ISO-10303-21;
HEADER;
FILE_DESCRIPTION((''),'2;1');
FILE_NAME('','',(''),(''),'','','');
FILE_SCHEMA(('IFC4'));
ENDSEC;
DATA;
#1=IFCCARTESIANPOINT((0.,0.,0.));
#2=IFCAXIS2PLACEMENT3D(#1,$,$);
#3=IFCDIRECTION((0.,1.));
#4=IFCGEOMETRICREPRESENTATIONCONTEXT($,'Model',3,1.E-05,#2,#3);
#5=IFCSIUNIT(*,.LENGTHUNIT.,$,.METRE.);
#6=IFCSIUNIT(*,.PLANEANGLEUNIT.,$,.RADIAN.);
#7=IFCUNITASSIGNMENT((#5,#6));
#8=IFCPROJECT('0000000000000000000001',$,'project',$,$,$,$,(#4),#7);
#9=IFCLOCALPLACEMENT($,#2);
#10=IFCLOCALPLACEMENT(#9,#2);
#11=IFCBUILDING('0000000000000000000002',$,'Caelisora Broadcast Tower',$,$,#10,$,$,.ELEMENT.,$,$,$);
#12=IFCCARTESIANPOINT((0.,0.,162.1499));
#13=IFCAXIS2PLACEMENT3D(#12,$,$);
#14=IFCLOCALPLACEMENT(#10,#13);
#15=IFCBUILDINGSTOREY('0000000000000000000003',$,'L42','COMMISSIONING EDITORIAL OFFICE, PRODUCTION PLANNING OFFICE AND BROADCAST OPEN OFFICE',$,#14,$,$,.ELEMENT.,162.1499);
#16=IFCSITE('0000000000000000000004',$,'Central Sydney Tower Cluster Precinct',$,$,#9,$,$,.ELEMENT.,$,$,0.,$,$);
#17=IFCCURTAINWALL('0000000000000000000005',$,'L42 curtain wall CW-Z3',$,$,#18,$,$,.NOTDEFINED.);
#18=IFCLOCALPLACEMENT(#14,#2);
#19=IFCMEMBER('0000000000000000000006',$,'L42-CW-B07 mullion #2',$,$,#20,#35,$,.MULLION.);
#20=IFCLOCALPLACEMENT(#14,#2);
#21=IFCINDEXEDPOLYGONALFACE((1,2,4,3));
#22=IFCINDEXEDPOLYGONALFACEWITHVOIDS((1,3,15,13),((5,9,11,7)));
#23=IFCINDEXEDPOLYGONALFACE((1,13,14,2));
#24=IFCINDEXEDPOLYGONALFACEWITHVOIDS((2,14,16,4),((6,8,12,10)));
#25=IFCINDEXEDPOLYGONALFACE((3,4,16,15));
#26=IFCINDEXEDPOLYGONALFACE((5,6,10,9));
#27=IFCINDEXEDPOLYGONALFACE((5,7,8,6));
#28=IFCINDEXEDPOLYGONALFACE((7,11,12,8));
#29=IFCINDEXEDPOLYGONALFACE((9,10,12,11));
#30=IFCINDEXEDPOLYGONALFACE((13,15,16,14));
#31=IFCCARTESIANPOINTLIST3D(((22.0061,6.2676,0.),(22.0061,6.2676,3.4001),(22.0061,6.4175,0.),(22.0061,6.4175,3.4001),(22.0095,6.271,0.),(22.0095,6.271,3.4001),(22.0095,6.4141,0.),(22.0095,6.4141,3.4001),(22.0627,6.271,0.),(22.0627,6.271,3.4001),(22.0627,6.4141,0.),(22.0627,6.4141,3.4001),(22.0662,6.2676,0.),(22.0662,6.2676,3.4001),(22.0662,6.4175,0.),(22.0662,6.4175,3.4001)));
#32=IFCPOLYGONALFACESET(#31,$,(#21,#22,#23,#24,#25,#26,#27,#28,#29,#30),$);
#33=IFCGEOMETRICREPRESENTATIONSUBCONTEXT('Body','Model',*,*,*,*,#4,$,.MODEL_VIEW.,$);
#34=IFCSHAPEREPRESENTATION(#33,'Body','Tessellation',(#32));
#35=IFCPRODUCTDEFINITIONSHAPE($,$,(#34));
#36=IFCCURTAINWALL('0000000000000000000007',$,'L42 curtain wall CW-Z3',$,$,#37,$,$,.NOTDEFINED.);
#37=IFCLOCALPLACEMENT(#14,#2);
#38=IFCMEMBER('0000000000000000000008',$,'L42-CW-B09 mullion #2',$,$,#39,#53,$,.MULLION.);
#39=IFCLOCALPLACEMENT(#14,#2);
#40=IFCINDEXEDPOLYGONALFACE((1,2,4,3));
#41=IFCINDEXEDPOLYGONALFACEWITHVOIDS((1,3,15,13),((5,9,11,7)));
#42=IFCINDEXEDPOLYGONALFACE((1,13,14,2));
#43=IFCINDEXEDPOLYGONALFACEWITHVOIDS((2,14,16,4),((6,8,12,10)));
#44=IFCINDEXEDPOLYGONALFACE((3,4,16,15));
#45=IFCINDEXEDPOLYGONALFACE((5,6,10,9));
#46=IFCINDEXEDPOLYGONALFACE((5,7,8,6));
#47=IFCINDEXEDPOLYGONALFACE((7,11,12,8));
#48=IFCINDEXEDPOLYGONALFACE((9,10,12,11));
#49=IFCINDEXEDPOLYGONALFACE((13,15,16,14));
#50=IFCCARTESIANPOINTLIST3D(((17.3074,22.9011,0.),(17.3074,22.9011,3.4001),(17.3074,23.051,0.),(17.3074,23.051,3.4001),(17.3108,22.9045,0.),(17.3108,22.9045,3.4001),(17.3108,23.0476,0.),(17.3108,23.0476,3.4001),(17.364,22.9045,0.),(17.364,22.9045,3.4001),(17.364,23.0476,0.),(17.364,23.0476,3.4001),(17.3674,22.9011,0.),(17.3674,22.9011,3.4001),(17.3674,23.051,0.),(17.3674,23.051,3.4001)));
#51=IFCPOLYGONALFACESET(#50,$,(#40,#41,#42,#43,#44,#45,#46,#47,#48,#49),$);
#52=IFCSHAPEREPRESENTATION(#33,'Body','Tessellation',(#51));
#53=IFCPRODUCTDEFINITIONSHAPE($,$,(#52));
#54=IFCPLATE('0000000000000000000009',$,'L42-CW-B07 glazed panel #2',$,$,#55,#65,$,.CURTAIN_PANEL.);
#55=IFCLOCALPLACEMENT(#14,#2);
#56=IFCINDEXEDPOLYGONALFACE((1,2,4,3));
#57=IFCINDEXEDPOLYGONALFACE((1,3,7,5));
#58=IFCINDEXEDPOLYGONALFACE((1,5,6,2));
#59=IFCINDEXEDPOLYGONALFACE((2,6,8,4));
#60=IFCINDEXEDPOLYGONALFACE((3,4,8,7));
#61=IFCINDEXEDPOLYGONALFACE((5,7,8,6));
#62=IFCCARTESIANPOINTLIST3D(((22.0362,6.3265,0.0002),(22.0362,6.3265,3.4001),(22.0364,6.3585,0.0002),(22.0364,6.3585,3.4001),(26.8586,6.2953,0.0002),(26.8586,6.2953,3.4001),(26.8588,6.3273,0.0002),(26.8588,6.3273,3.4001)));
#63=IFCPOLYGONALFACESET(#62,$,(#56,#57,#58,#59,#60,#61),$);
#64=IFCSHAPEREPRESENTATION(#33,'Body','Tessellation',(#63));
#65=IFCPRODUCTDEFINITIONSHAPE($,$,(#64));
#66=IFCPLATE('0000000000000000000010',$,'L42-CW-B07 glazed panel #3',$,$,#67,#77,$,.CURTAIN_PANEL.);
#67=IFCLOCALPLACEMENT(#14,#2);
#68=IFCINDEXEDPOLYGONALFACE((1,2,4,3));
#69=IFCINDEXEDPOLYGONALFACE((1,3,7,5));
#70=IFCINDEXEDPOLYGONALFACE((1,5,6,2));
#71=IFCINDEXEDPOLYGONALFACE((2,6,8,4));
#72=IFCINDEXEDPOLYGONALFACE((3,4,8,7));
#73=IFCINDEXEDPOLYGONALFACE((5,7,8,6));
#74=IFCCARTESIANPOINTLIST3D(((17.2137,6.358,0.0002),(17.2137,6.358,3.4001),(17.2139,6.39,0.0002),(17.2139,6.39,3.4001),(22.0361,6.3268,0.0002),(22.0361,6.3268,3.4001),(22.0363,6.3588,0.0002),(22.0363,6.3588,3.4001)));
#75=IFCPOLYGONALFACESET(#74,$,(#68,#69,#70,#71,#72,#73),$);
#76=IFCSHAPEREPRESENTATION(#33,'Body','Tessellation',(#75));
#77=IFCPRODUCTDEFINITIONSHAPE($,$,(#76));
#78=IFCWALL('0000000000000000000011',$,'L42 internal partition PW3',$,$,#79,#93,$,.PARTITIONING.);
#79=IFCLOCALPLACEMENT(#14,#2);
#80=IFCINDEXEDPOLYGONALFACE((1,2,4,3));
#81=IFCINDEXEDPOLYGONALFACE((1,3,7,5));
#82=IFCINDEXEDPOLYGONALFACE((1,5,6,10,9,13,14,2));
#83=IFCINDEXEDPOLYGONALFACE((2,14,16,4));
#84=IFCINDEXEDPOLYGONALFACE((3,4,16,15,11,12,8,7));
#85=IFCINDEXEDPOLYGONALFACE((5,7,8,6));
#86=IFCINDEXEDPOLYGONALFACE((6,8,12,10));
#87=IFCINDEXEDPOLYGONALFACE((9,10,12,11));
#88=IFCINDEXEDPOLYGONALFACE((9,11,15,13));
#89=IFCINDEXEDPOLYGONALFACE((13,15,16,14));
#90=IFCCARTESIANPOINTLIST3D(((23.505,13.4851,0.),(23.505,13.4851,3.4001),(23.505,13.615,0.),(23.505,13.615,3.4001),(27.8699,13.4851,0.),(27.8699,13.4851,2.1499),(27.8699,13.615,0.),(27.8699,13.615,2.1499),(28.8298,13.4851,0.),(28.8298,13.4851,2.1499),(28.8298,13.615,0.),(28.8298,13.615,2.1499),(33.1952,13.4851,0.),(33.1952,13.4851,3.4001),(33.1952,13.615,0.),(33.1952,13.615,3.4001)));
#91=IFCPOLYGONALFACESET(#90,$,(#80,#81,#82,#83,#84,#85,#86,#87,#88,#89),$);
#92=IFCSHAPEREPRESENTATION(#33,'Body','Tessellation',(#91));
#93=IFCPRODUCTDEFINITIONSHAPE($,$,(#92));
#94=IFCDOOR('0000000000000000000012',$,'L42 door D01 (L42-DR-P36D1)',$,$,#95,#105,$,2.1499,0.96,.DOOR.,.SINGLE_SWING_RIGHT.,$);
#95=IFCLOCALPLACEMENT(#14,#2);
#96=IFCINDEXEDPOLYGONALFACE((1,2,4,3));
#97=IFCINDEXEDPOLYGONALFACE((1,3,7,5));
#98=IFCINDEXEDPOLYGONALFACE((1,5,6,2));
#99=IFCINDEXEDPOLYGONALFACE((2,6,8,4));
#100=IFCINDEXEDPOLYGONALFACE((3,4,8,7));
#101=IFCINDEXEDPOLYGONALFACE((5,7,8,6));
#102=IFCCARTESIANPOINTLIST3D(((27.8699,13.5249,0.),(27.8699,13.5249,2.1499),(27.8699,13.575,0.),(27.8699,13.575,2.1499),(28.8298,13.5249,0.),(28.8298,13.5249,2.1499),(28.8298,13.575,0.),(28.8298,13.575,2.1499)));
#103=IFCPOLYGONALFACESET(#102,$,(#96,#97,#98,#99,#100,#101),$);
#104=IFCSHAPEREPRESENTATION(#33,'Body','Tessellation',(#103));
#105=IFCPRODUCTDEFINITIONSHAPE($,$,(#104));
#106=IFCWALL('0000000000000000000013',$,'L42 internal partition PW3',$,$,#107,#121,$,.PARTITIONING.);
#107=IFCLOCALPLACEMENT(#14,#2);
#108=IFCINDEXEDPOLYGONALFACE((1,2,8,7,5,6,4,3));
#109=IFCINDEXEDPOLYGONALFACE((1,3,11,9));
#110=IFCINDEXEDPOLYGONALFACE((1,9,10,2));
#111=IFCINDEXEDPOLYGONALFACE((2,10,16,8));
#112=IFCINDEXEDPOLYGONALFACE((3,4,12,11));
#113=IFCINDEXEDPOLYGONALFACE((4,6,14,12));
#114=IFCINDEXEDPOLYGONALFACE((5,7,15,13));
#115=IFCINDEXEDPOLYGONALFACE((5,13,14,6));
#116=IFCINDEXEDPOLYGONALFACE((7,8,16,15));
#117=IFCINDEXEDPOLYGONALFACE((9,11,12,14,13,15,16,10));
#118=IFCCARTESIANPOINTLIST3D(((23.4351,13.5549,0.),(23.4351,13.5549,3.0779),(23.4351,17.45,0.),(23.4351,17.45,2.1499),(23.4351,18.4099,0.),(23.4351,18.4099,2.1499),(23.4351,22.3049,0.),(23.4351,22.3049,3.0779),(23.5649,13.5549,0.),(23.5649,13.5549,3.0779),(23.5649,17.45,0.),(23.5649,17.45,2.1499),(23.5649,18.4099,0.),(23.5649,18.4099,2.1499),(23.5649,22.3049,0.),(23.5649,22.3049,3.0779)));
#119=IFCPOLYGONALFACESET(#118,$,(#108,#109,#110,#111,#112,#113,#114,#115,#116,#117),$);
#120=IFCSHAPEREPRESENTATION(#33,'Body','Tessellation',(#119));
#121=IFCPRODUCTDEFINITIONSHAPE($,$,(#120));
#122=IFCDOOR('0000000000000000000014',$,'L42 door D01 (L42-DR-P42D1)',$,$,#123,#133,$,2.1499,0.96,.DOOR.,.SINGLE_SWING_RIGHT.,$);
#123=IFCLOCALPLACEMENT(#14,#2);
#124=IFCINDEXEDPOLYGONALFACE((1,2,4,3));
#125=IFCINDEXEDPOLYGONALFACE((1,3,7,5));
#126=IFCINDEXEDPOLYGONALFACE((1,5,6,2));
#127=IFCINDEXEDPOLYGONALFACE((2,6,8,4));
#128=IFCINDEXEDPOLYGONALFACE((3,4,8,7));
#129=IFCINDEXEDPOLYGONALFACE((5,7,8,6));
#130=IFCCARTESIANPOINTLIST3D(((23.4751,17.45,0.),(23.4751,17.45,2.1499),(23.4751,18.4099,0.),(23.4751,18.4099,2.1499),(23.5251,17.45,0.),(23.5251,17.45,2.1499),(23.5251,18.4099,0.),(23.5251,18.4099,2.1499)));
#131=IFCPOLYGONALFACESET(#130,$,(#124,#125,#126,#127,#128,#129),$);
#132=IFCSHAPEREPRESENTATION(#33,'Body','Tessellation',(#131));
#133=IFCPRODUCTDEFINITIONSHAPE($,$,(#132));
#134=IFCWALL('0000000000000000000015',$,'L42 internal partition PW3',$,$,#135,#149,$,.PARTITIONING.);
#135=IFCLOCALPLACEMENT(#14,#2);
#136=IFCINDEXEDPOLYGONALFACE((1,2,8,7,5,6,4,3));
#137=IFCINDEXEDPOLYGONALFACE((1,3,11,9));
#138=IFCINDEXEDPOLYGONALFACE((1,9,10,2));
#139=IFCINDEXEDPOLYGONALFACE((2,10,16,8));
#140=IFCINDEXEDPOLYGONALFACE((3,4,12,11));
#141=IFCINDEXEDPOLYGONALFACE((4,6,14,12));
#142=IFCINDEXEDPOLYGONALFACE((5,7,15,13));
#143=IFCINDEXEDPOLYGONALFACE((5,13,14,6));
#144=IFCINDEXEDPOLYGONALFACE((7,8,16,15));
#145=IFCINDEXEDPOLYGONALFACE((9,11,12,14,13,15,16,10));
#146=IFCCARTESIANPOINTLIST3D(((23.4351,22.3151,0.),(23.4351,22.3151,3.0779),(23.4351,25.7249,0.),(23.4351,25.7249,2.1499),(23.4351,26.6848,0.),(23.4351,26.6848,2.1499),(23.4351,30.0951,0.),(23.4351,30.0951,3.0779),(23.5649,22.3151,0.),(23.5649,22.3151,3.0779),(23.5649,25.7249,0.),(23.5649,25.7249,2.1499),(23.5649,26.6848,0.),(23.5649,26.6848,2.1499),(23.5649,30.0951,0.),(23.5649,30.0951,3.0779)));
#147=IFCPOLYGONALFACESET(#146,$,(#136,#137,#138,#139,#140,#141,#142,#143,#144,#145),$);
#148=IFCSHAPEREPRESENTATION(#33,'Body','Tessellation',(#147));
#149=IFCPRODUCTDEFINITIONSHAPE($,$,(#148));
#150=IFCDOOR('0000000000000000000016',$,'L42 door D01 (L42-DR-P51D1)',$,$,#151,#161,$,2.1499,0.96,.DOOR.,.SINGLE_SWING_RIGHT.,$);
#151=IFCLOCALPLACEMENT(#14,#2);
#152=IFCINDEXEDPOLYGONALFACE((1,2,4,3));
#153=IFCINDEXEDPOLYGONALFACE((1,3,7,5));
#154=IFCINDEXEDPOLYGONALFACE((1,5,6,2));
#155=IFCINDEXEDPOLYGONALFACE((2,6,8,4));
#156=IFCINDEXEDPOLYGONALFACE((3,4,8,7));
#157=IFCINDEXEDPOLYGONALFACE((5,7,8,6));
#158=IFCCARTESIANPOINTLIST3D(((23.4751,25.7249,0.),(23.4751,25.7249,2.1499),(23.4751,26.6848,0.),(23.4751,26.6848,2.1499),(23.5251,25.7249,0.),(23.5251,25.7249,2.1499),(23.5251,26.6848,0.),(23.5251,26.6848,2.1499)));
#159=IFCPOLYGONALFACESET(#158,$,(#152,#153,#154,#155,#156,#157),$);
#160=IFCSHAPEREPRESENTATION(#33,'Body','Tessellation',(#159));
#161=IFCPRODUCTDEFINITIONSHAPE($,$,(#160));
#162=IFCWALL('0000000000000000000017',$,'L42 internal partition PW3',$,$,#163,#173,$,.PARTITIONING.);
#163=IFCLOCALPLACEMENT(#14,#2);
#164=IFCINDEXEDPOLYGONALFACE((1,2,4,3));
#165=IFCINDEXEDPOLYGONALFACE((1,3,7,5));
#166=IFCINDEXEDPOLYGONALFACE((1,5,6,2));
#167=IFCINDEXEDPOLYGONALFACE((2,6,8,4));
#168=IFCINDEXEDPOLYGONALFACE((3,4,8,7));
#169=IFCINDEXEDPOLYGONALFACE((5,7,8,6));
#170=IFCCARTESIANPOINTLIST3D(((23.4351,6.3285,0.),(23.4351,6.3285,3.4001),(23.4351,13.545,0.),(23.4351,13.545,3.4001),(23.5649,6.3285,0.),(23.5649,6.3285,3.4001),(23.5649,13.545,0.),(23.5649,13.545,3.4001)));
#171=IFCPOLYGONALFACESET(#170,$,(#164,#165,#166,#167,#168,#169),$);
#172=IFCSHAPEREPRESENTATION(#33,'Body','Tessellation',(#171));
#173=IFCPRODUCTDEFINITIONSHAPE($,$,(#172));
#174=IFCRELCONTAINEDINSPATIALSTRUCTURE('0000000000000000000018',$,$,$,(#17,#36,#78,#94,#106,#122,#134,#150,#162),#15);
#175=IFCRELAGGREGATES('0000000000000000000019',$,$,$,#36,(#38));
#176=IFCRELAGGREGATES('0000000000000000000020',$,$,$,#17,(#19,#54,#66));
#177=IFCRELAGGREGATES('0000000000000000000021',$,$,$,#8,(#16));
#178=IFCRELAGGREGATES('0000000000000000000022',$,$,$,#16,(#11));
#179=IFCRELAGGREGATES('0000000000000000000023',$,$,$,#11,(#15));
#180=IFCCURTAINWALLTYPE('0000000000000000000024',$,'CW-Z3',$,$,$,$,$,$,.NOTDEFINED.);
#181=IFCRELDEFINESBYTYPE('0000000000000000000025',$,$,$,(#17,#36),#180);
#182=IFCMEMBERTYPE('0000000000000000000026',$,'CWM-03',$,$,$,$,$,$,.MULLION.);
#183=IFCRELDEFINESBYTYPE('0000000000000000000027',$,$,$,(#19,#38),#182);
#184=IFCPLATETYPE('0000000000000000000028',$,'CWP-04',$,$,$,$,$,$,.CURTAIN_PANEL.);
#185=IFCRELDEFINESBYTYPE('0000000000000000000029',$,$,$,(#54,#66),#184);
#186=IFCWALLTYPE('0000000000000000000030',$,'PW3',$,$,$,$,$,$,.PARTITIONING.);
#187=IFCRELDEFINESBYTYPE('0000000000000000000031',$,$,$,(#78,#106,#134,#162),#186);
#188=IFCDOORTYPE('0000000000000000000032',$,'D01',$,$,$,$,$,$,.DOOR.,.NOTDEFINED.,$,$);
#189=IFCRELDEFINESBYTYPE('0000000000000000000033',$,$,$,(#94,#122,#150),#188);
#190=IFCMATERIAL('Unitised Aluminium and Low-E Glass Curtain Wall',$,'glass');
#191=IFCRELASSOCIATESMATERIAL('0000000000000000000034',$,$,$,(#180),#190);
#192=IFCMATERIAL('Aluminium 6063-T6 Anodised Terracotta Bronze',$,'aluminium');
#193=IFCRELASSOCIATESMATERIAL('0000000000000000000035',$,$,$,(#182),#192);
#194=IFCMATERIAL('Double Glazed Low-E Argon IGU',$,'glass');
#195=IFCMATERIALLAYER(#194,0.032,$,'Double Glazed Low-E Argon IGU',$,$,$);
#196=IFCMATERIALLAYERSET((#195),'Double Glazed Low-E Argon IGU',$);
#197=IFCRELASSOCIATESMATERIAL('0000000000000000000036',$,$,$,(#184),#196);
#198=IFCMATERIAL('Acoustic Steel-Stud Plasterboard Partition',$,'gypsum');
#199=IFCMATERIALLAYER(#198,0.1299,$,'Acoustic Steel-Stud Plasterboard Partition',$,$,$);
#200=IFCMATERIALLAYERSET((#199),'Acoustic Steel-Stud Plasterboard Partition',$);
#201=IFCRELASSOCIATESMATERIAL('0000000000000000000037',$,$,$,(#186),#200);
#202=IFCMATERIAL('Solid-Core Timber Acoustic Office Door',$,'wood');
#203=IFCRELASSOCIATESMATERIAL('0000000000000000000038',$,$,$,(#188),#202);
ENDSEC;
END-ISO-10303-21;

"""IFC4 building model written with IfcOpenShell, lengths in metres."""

from ifc_helpers import new_model, si_unit, direction, frame, frame_2d, origin, origin_2d, place, context, subcontext, project, spatial, rectangle, hollow_rectangle, extrude, source, transform, mapped, material, layer, layer_set, material_profile, profile_set, type_object, type_shapes, element, fill, aggregate, save


model = new_model("IFC4")

# Units and contexts
model_context = context("Model", 3, precision=1e-05, world=origin(), true_north=direction((0.0, 1.0)))
body_context = subcontext(model_context, "Body", "Model", "MODEL_VIEW")
ifc_project = project(units=[si_unit("LENGTHUNIT", "METRE"), si_unit("PLANEANGLEUNIT", "RADIAN")], contexts=[model_context])

# Site, building, storey
site_placement = place(None, origin())
site = spatial("IfcSite", under=ifc_project, at=site_placement, Name="Central Sydney Tower Cluster Precinct", CompositionType="ELEMENT", RefElevation=0.0)
building_placement = place(site_placement, origin())
building = spatial("IfcBuilding", under=site, at=building_placement, Name="Caelisora Broadcast Tower", CompositionType="ELEMENT")
storey_placement = place(building_placement, frame((0.0, 0.0, 162.1499)))
storey = spatial("IfcBuildingStorey", under=building, at=storey_placement, Name="L42", Description="COMMISSIONING EDITORIAL OFFICE, PRODUCTION PLANNING OFFICE AND BROADCAST OPEN OFFICE", CompositionType="ELEMENT", Elevation=162.1499)

# Curtain walls, members
ifc_material_1 = material(Name="Unitised Aluminium and Low-E Glass Curtain Wall", Category="glass")
curtain_wall_type = type_object("IfcCurtainWallType", Name="CW-Z3", PredefinedType="NOTDEFINED", material=ifc_material_1)
curtain_wall_1_placement = place(storey_placement, origin())
curtain_wall_1 = element("IfcCurtainWall", 1, at=curtain_wall_1_placement, inside=storey, type_object=curtain_wall_type, Name="L42 curtain wall CW-Z3", PredefinedType="NOTDEFINED")
ifc_material_2 = material(Name="Aluminium 6063-T6 Anodised Terracotta Bronze", Category="aluminium")
ifc_material_profile_1 = material_profile(ifc_material_2, hollow_rectangle(XDim=0.0601, YDim=0.1499, WallThickness=0.0034, at=origin_2d()), Name="Aluminium 6063-T6 Anodised Terracotta Bronze")
ifc_profile_set_1 = profile_set([ifc_material_profile_1], Name="Aluminium 6063-T6 Anodised Terracotta Bronze")
member_type = type_object("IfcMemberType", Name="CWM-03", PredefinedType="MULLION", material=ifc_profile_set_1)
shared_shape_1 = source(origin(), body_context, "Body", "SweptSolid", [
    extrude(hollow_rectangle(XDim=0.0601, YDim=0.1499, WallThickness=0.0034, at=origin_2d()), origin(), (0.0, 0.0, 1.0), 3.4001),
])
type_shapes(member_type, [shared_shape_1])
member_1_placement = place(storey_placement, frame((22.0361, 6.3425, 0.0), z_axis=(0.0, 0.0, 1.0), x_axis=(1.0, 0.0, 0.0)))
member_1 = element("IfcMember", 2, at=member_1_placement, type_object=member_type, Name="L42-CW-B07 mullion #2", PredefinedType="MULLION", context=body_context, shape_type="MappedRepresentation", body=[
    mapped(shared_shape_1, transform((0.0, 0.0, 0.0), scale=1.0)),
])
curtain_wall_2_placement = place(storey_placement, origin())
curtain_wall_2 = element("IfcCurtainWall", 3, at=curtain_wall_2_placement, inside=storey, type_object=curtain_wall_type, Name="L42 curtain wall CW-Z3", PredefinedType="NOTDEFINED")
member_2_placement = place(storey_placement, frame((17.3374, 22.9761, 0.0), z_axis=(0.0, 0.0, 1.0), x_axis=(1.0, 0.0, 0.0)))
member_2 = element("IfcMember", 4, at=member_2_placement, type_object=member_type, Name="L42-CW-B09 mullion #2", PredefinedType="MULLION", context=body_context, shape_type="MappedRepresentation", body=[
    mapped(shared_shape_1, transform((0.0, 0.0, 0.0), scale=1.0)),
])
aggregate(curtain_wall_2, [member_2])

# Plates
ifc_material_3 = material(Name="Double Glazed Low-E Argon IGU", Category="glass")
ifc_layer_1 = layer(ifc_material_3, 0.032, Name="Double Glazed Low-E Argon IGU")
ifc_layer_set_1 = layer_set([ifc_layer_1], Name="Double Glazed Low-E Argon IGU")
plate_type = type_object("IfcPlateType", Name="CWP-04", PredefinedType="CURTAIN_PANEL", material=ifc_layer_set_1)
shared_shape_2 = source(origin(), body_context, "Body", "SweptSolid", [
    extrude(rectangle(XDim=4.8225, YDim=0.032, at=origin_2d()), origin(), (0.0, 0.0, 1.0), 3.3999),
])
type_shapes(plate_type, [shared_shape_2])
plate_1_placement = place(storey_placement, frame((24.4475, 6.3269, 0.0002), z_axis=(0.0, 0.0, 1.0), x_axis=(-0.999979, 0.006458, 0.0)))
plate_1 = element("IfcPlate", 5, at=plate_1_placement, type_object=plate_type, Name="L42-CW-B07 glazed panel #2", PredefinedType="CURTAIN_PANEL", context=body_context, shape_type="MappedRepresentation", body=[
    mapped(shared_shape_2, transform((0.0, 0.0, 0.0), scale=1.0)),
])
plate_2_placement = place(storey_placement, frame((19.625, 6.3584, 0.0002), z_axis=(0.0, 0.0, 1.0), x_axis=(-0.999979, 0.006458, 0.0)))
plate_2 = element("IfcPlate", 6, at=plate_2_placement, type_object=plate_type, Name="L42-CW-B07 glazed panel #3", PredefinedType="CURTAIN_PANEL", context=body_context, shape_type="MappedRepresentation", body=[
    mapped(shared_shape_2, transform((0.0, 0.0, 0.0), scale=1.0)),
])
aggregate(curtain_wall_1, [member_1, plate_1, plate_2])

# Walls, openings, doors
ifc_material_4 = material(Name="Acoustic Steel-Stud Plasterboard Partition", Category="gypsum")
ifc_layer_2 = layer(ifc_material_4, 0.1299, Name="Acoustic Steel-Stud Plasterboard Partition")
ifc_layer_set_2 = layer_set([ifc_layer_2], Name="Acoustic Steel-Stud Plasterboard Partition")
wall_type = type_object("IfcWallType", Name="PW3", PredefinedType="PARTITIONING", material=ifc_layer_set_2)
wall_1_placement = place(storey_placement, frame((23.5049, 13.55, 0.0), z_axis=(0.0, 0.0, 1.0), x_axis=(1.0, 0.0, 0.0)))
wall_1 = element("IfcWall", 7, at=wall_1_placement, inside=storey, type_object=wall_type, Name="L42 internal partition PW3", PredefinedType="PARTITIONING", context=body_context, shape_type="SweptSolid", body=[
    extrude(rectangle(XDim=9.6902, YDim=0.1299, at=frame_2d((4.8452, 0.0))), origin(), (0.0, 0.0, 1.0), 3.4001),
])
opening_1_placement = place(wall_1_placement, frame((4.365, 0.0, 0.0)))
opening_1 = element("IfcOpeningElement", 8, at=opening_1_placement, cuts=wall_1, PredefinedType="OPENING", context=body_context, shape_type="SweptSolid", body=[
    extrude(rectangle(XDim=0.96, YDim=2.1499, at=frame_2d((0.48, 1.075))), frame((0.0, 0.0769, 0.0), z_axis=(0.0, -1.0, 0.0), x_axis=(1.0, 0.0, 0.0)), (0.0, 0.0, 1.0), 0.1538),
])
ifc_material_5 = material(Name="Solid-Core Timber Acoustic Office Door", Category="wood")
door_type = type_object("IfcDoorType", Name="D01", OperationType="NOTDEFINED", PredefinedType="DOOR", material=ifc_material_5)
door_1_placement = place(opening_1_placement, origin())
door_1 = element("IfcDoor", 9, at=door_1_placement, inside=storey, type_object=door_type, Name="L42 door D01 (L42-DR-P36D1)", OperationType="SINGLE_SWING_RIGHT", OverallHeight=2.1499, OverallWidth=0.96, PredefinedType="DOOR", context=body_context, shape_type="SweptSolid", body=[
    extrude(rectangle(XDim=0.96, YDim=2.1499, at=frame_2d((0.48, 1.075))), frame((0.0, 0.0249, 0.0), z_axis=(0.0, -1.0, 0.0), x_axis=(1.0, 0.0, 0.0)), (0.0, 0.0, 1.0), 0.05),
])
fill(opening_1, door_1)
wall_2_placement = place(storey_placement, frame((23.5, 13.5549, 0.0), z_axis=(0.0, 0.0, 1.0), x_axis=(0.0, 1.0, 0.0)))
wall_2 = element("IfcWall", 10, at=wall_2_placement, inside=storey, type_object=wall_type, Name="L42 internal partition PW3", PredefinedType="PARTITIONING", context=body_context, shape_type="SweptSolid", body=[
    extrude(rectangle(XDim=8.75, YDim=0.1299, at=frame_2d((4.375, 0.0))), origin(), (0.0, 0.0, 1.0), 3.0779),
])
opening_2_placement = place(wall_2_placement, frame((3.895, 0.0, 0.0)))
opening_2 = element("IfcOpeningElement", 11, at=opening_2_placement, cuts=wall_2, PredefinedType="OPENING", context=body_context, shape_type="SweptSolid", body=[
    extrude(rectangle(XDim=0.96, YDim=2.1499, at=frame_2d((0.48, 1.075))), frame((0.0, 0.0769, 0.0), z_axis=(0.0, -1.0, 0.0), x_axis=(1.0, 0.0, 0.0)), (0.0, 0.0, 1.0), 0.1538),
])
door_2_placement = place(opening_2_placement, origin())
door_2 = element("IfcDoor", 12, at=door_2_placement, inside=storey, type_object=door_type, Name="L42 door D01 (L42-DR-P42D1)", OperationType="SINGLE_SWING_RIGHT", OverallHeight=2.1499, OverallWidth=0.96, PredefinedType="DOOR", context=body_context, shape_type="SweptSolid", body=[
    extrude(rectangle(XDim=0.96, YDim=2.1499, at=frame_2d((0.48, 1.075))), frame((0.0, 0.0249, 0.0), z_axis=(0.0, -1.0, 0.0), x_axis=(1.0, 0.0, 0.0)), (0.0, 0.0, 1.0), 0.05),
])
fill(opening_2, door_2)
wall_3_placement = place(storey_placement, frame((23.5, 22.3149, 0.0), z_axis=(0.0, 0.0, 1.0), x_axis=(0.0, 1.0, 0.0)))
wall_3 = element("IfcWall", 13, at=wall_3_placement, inside=storey, type_object=wall_type, Name="L42 internal partition PW3", PredefinedType="PARTITIONING", context=body_context, shape_type="SweptSolid", body=[
    extrude(rectangle(XDim=7.78, YDim=0.1299, at=frame_2d((3.8901, 0.0))), origin(), (0.0, 0.0, 1.0), 3.0779),
])
opening_3_placement = place(wall_3_placement, frame((3.4099, 0.0, 0.0)))
opening_3 = element("IfcOpeningElement", 14, at=opening_3_placement, cuts=wall_3, PredefinedType="OPENING", context=body_context, shape_type="SweptSolid", body=[
    extrude(rectangle(XDim=0.96, YDim=2.1499, at=frame_2d((0.48, 1.075))), frame((0.0, 0.0769, 0.0), z_axis=(0.0, -1.0, 0.0), x_axis=(1.0, 0.0, 0.0)), (0.0, 0.0, 1.0), 0.1538),
])
door_3_placement = place(opening_3_placement, origin())
door_3 = element("IfcDoor", 15, at=door_3_placement, inside=storey, type_object=door_type, Name="L42 door D01 (L42-DR-P51D1)", OperationType="SINGLE_SWING_RIGHT", OverallHeight=2.1499, OverallWidth=0.96, PredefinedType="DOOR", context=body_context, shape_type="SweptSolid", body=[
    extrude(rectangle(XDim=0.96, YDim=2.1499, at=frame_2d((0.48, 1.075))), frame((0.0, 0.0249, 0.0), z_axis=(0.0, -1.0, 0.0), x_axis=(1.0, 0.0, 0.0)), (0.0, 0.0, 1.0), 0.05),
])
fill(opening_3, door_3)

# Wall
wall_4_placement = place(storey_placement, frame((23.5, 6.3284, 0.0), z_axis=(0.0, 0.0, 1.0), x_axis=(0.0, 1.0, 0.0)))
element("IfcWall", 16, at=wall_4_placement, inside=storey, type_object=wall_type, Name="L42 internal partition PW3", PredefinedType="PARTITIONING", context=body_context, shape_type="SweptSolid", body=[
    extrude(rectangle(XDim=7.2166, YDim=0.1299, at=frame_2d((3.6084, 0.0))), origin(), (0.0, 0.0, 1.0), 3.4001),
])

save(model, "model.ifc")
